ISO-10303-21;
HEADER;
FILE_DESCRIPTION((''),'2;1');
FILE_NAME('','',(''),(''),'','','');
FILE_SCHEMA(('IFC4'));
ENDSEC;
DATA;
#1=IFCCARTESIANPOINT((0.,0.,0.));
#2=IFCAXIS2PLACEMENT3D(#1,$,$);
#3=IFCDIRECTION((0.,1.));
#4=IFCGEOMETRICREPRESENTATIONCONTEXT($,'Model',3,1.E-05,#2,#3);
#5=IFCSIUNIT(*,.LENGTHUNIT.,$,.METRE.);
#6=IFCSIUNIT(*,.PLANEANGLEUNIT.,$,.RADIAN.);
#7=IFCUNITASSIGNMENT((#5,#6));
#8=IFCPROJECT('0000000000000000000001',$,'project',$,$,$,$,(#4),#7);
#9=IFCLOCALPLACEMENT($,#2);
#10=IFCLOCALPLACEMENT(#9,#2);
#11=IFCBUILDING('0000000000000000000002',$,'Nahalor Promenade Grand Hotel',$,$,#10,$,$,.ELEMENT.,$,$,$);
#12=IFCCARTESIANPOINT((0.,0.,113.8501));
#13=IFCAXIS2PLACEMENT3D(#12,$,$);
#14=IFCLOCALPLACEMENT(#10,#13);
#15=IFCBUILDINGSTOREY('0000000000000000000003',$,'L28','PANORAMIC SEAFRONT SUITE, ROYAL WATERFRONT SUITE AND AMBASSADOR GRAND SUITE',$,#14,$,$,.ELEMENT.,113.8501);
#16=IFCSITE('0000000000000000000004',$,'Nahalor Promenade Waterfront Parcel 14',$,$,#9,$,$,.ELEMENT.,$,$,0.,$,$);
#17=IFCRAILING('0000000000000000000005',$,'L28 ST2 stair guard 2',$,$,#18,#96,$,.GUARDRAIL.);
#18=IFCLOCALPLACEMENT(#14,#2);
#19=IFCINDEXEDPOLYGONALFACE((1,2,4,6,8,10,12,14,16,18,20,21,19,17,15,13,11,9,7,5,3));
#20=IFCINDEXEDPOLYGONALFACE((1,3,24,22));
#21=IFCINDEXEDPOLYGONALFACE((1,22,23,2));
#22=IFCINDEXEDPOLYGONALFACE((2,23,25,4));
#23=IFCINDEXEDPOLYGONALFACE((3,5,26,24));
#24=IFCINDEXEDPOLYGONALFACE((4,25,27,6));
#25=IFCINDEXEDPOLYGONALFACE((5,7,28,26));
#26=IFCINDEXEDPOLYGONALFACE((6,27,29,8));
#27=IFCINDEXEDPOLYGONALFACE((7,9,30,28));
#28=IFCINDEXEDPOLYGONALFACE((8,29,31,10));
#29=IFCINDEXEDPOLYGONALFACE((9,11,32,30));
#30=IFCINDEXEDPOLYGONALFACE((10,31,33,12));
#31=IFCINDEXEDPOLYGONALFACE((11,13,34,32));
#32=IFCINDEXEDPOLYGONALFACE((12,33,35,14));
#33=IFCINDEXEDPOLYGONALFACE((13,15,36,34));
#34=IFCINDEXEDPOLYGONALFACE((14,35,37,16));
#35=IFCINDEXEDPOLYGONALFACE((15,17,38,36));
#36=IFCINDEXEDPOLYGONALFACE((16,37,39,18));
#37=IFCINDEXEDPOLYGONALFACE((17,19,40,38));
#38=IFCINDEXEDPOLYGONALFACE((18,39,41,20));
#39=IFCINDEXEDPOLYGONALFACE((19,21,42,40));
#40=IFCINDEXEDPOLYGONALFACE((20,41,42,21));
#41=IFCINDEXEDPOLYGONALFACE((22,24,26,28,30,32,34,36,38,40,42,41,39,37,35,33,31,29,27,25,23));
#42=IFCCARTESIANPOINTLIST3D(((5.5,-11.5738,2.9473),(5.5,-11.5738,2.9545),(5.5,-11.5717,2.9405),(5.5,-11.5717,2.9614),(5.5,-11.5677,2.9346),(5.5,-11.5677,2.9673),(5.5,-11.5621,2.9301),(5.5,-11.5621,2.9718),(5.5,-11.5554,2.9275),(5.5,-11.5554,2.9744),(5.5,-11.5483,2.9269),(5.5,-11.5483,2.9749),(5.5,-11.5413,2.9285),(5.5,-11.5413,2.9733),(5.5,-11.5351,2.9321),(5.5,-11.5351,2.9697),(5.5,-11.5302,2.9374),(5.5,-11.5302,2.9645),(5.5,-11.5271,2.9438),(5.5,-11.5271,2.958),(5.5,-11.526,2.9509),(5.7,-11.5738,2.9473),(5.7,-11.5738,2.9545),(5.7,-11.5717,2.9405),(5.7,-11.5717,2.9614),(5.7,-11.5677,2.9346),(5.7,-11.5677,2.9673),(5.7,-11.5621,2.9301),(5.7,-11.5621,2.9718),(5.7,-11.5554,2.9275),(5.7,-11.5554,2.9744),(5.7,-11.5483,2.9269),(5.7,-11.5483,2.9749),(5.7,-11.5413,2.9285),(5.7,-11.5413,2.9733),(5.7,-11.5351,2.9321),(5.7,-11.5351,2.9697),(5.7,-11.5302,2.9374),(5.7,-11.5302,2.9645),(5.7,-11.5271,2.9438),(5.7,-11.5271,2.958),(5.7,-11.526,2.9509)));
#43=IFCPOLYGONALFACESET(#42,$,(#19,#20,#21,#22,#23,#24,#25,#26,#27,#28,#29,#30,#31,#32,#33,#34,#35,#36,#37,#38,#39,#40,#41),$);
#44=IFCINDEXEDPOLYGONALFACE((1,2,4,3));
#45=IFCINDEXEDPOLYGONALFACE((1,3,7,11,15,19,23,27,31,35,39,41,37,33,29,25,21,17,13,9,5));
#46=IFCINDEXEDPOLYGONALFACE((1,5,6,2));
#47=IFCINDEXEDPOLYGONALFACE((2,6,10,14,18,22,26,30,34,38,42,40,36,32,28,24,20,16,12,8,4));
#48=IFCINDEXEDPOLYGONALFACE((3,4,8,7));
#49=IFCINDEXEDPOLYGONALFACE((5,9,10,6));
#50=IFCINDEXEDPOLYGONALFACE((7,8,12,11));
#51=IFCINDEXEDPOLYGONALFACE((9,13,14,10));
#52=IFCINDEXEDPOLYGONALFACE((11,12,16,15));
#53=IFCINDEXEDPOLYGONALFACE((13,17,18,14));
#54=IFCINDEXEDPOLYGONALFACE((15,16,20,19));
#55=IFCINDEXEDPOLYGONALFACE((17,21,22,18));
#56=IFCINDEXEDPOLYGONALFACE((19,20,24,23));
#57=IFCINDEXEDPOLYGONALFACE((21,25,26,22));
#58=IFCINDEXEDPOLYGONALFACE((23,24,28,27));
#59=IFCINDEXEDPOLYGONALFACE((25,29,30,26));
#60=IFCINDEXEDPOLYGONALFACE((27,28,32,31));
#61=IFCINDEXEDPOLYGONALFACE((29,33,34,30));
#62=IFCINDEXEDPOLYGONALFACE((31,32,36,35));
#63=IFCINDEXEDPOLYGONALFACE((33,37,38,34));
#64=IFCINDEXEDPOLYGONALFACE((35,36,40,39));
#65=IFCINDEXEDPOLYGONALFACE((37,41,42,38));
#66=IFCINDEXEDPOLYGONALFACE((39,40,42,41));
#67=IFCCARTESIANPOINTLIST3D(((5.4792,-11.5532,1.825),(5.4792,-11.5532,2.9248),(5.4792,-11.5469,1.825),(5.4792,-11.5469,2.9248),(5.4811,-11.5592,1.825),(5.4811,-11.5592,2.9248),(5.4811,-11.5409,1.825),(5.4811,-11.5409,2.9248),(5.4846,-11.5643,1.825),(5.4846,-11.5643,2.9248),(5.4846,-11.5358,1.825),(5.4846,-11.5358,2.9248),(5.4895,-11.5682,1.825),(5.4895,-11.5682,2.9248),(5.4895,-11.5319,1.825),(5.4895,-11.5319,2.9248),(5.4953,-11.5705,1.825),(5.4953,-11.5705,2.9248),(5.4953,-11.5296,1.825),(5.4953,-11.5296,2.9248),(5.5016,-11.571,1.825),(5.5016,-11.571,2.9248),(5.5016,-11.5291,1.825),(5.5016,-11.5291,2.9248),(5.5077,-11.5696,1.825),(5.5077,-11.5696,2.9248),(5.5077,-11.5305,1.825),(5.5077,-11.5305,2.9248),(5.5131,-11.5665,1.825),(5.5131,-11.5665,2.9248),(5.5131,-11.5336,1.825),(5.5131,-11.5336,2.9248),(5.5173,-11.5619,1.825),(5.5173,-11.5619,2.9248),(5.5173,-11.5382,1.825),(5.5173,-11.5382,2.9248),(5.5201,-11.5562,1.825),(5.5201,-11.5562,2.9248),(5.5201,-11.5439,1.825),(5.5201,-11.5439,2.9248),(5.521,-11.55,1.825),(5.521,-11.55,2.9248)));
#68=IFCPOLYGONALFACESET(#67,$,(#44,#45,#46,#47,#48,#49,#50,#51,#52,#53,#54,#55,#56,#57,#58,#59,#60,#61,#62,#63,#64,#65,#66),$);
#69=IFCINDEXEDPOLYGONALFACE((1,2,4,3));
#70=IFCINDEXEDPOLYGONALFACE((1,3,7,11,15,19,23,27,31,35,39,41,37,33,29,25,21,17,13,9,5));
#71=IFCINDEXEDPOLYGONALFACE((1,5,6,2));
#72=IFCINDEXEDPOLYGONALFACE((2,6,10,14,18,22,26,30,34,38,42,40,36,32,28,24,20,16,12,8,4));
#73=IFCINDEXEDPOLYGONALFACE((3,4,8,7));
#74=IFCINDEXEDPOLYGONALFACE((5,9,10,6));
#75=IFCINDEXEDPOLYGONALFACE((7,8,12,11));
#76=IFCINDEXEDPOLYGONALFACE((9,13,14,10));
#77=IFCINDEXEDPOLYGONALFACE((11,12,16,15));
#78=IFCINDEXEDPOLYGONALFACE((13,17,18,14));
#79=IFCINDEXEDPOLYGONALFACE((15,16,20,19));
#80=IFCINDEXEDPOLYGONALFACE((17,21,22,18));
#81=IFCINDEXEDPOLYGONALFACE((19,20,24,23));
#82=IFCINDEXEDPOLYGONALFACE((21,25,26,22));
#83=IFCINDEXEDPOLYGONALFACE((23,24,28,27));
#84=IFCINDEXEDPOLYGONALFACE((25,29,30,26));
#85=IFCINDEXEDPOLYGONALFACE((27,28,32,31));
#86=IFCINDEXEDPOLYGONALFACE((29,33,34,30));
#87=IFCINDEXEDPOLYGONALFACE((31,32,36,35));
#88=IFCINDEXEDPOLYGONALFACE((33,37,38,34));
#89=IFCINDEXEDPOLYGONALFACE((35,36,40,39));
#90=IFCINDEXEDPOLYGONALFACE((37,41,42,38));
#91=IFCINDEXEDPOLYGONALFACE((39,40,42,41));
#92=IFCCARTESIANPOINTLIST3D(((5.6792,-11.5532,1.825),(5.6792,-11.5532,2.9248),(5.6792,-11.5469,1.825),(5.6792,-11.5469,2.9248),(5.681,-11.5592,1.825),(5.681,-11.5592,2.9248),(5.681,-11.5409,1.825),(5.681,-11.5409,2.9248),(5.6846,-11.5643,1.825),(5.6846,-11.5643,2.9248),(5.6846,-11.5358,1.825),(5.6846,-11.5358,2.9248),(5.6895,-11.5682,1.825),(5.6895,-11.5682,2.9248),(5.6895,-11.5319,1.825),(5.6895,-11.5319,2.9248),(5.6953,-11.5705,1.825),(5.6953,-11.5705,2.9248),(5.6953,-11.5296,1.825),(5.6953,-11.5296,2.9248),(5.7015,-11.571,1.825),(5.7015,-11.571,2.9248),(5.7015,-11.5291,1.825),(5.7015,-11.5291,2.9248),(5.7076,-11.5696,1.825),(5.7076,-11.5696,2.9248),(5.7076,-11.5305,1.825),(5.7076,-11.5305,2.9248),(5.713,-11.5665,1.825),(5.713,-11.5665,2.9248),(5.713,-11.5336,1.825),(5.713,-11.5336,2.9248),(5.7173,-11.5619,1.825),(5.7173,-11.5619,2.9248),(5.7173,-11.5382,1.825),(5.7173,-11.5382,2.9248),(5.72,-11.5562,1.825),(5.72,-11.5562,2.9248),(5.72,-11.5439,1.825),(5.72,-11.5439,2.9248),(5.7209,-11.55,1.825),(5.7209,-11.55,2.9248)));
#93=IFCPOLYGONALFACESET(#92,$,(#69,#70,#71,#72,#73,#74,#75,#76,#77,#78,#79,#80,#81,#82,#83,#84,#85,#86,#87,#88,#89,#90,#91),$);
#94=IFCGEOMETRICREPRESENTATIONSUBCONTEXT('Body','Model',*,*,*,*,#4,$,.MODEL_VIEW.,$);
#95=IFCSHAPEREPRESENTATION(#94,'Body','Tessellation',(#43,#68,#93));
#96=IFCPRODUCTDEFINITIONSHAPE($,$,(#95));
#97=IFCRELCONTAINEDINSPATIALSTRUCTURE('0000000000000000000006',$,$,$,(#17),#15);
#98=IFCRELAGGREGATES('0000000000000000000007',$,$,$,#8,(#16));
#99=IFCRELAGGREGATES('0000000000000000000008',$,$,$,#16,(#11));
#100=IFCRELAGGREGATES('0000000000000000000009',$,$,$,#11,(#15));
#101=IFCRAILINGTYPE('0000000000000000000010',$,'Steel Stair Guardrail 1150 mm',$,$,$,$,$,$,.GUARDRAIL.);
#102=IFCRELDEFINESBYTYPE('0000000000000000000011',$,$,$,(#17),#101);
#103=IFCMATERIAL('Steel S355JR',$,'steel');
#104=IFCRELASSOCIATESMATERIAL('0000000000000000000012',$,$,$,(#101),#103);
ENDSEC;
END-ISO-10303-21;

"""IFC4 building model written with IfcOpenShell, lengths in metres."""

from ifc_helpers import new_model, si_unit, direction, frame, origin, origin_2d, place, context, subcontext, project, spatial, circle, extrude, material, type_object, element, save


model = new_model("IFC4")

# Units and contexts
model_context = context("Model", 3, precision=1e-05, world=origin(), true_north=direction((0.0, 1.0)))
body_context = subcontext(model_context, "Body", "Model", "MODEL_VIEW")
ifc_project = project(units=[si_unit("LENGTHUNIT", "METRE"), si_unit("PLANEANGLEUNIT", "RADIAN")], contexts=[model_context])

# Site, building, storey
site_placement = place(None, origin())
site = spatial("IfcSite", under=ifc_project, at=site_placement, Name="Nahalor Promenade Waterfront Parcel 14", CompositionType="ELEMENT", RefElevation=0.0)
building_placement = place(site_placement, origin())
building = spatial("IfcBuilding", under=site, at=building_placement, Name="Nahalor Promenade Grand Hotel", CompositionType="ELEMENT")
storey_placement = place(building_placement, frame((0.0, 0.0, 113.8501)))
storey = spatial("IfcBuildingStorey", under=building, at=storey_placement, Name="L28", Description="PANORAMIC SEAFRONT SUITE, ROYAL WATERFRONT SUITE AND AMBASSADOR GRAND SUITE", CompositionType="ELEMENT", Elevation=113.8501)

# Shared definitions
ifc_material_1 = material(Name="Steel S355JR", Category="steel")

# Railing
railing_type_1 = type_object("IfcRailingType", Name="Steel Stair Guardrail 1150 mm", PredefinedType="GUARDRAIL", material=ifc_material_1)
railing_1_placement = place(storey_placement, frame((5.5, -11.55, 1.825)))
element("IfcRailing", 1, at=railing_1_placement, inside=storey, type_object=railing_type_1, Name="L28 ST2 stair guard 2", PredefinedType="GUARDRAIL", context=body_context, shape_type="SweptSolid", body=[
    extrude(circle(Radius=0.024, at=origin_2d()), frame((0.0, 0.0, 1.126), z_axis=(1.0, 0.0, 0.0), x_axis=(0.0, 1.0, 0.0)), (0.0, 0.0, 1.0), 0.2),
    extrude(circle(Radius=0.021, at=origin_2d()), origin(), (0.0, 0.0, 1.0), 1.0999),
    extrude(circle(Radius=0.021, at=origin_2d()), frame((0.2, 0.0, 0.0)), (0.0, 0.0, 1.0), 1.0999),
])

save(model, "model.ifc")
